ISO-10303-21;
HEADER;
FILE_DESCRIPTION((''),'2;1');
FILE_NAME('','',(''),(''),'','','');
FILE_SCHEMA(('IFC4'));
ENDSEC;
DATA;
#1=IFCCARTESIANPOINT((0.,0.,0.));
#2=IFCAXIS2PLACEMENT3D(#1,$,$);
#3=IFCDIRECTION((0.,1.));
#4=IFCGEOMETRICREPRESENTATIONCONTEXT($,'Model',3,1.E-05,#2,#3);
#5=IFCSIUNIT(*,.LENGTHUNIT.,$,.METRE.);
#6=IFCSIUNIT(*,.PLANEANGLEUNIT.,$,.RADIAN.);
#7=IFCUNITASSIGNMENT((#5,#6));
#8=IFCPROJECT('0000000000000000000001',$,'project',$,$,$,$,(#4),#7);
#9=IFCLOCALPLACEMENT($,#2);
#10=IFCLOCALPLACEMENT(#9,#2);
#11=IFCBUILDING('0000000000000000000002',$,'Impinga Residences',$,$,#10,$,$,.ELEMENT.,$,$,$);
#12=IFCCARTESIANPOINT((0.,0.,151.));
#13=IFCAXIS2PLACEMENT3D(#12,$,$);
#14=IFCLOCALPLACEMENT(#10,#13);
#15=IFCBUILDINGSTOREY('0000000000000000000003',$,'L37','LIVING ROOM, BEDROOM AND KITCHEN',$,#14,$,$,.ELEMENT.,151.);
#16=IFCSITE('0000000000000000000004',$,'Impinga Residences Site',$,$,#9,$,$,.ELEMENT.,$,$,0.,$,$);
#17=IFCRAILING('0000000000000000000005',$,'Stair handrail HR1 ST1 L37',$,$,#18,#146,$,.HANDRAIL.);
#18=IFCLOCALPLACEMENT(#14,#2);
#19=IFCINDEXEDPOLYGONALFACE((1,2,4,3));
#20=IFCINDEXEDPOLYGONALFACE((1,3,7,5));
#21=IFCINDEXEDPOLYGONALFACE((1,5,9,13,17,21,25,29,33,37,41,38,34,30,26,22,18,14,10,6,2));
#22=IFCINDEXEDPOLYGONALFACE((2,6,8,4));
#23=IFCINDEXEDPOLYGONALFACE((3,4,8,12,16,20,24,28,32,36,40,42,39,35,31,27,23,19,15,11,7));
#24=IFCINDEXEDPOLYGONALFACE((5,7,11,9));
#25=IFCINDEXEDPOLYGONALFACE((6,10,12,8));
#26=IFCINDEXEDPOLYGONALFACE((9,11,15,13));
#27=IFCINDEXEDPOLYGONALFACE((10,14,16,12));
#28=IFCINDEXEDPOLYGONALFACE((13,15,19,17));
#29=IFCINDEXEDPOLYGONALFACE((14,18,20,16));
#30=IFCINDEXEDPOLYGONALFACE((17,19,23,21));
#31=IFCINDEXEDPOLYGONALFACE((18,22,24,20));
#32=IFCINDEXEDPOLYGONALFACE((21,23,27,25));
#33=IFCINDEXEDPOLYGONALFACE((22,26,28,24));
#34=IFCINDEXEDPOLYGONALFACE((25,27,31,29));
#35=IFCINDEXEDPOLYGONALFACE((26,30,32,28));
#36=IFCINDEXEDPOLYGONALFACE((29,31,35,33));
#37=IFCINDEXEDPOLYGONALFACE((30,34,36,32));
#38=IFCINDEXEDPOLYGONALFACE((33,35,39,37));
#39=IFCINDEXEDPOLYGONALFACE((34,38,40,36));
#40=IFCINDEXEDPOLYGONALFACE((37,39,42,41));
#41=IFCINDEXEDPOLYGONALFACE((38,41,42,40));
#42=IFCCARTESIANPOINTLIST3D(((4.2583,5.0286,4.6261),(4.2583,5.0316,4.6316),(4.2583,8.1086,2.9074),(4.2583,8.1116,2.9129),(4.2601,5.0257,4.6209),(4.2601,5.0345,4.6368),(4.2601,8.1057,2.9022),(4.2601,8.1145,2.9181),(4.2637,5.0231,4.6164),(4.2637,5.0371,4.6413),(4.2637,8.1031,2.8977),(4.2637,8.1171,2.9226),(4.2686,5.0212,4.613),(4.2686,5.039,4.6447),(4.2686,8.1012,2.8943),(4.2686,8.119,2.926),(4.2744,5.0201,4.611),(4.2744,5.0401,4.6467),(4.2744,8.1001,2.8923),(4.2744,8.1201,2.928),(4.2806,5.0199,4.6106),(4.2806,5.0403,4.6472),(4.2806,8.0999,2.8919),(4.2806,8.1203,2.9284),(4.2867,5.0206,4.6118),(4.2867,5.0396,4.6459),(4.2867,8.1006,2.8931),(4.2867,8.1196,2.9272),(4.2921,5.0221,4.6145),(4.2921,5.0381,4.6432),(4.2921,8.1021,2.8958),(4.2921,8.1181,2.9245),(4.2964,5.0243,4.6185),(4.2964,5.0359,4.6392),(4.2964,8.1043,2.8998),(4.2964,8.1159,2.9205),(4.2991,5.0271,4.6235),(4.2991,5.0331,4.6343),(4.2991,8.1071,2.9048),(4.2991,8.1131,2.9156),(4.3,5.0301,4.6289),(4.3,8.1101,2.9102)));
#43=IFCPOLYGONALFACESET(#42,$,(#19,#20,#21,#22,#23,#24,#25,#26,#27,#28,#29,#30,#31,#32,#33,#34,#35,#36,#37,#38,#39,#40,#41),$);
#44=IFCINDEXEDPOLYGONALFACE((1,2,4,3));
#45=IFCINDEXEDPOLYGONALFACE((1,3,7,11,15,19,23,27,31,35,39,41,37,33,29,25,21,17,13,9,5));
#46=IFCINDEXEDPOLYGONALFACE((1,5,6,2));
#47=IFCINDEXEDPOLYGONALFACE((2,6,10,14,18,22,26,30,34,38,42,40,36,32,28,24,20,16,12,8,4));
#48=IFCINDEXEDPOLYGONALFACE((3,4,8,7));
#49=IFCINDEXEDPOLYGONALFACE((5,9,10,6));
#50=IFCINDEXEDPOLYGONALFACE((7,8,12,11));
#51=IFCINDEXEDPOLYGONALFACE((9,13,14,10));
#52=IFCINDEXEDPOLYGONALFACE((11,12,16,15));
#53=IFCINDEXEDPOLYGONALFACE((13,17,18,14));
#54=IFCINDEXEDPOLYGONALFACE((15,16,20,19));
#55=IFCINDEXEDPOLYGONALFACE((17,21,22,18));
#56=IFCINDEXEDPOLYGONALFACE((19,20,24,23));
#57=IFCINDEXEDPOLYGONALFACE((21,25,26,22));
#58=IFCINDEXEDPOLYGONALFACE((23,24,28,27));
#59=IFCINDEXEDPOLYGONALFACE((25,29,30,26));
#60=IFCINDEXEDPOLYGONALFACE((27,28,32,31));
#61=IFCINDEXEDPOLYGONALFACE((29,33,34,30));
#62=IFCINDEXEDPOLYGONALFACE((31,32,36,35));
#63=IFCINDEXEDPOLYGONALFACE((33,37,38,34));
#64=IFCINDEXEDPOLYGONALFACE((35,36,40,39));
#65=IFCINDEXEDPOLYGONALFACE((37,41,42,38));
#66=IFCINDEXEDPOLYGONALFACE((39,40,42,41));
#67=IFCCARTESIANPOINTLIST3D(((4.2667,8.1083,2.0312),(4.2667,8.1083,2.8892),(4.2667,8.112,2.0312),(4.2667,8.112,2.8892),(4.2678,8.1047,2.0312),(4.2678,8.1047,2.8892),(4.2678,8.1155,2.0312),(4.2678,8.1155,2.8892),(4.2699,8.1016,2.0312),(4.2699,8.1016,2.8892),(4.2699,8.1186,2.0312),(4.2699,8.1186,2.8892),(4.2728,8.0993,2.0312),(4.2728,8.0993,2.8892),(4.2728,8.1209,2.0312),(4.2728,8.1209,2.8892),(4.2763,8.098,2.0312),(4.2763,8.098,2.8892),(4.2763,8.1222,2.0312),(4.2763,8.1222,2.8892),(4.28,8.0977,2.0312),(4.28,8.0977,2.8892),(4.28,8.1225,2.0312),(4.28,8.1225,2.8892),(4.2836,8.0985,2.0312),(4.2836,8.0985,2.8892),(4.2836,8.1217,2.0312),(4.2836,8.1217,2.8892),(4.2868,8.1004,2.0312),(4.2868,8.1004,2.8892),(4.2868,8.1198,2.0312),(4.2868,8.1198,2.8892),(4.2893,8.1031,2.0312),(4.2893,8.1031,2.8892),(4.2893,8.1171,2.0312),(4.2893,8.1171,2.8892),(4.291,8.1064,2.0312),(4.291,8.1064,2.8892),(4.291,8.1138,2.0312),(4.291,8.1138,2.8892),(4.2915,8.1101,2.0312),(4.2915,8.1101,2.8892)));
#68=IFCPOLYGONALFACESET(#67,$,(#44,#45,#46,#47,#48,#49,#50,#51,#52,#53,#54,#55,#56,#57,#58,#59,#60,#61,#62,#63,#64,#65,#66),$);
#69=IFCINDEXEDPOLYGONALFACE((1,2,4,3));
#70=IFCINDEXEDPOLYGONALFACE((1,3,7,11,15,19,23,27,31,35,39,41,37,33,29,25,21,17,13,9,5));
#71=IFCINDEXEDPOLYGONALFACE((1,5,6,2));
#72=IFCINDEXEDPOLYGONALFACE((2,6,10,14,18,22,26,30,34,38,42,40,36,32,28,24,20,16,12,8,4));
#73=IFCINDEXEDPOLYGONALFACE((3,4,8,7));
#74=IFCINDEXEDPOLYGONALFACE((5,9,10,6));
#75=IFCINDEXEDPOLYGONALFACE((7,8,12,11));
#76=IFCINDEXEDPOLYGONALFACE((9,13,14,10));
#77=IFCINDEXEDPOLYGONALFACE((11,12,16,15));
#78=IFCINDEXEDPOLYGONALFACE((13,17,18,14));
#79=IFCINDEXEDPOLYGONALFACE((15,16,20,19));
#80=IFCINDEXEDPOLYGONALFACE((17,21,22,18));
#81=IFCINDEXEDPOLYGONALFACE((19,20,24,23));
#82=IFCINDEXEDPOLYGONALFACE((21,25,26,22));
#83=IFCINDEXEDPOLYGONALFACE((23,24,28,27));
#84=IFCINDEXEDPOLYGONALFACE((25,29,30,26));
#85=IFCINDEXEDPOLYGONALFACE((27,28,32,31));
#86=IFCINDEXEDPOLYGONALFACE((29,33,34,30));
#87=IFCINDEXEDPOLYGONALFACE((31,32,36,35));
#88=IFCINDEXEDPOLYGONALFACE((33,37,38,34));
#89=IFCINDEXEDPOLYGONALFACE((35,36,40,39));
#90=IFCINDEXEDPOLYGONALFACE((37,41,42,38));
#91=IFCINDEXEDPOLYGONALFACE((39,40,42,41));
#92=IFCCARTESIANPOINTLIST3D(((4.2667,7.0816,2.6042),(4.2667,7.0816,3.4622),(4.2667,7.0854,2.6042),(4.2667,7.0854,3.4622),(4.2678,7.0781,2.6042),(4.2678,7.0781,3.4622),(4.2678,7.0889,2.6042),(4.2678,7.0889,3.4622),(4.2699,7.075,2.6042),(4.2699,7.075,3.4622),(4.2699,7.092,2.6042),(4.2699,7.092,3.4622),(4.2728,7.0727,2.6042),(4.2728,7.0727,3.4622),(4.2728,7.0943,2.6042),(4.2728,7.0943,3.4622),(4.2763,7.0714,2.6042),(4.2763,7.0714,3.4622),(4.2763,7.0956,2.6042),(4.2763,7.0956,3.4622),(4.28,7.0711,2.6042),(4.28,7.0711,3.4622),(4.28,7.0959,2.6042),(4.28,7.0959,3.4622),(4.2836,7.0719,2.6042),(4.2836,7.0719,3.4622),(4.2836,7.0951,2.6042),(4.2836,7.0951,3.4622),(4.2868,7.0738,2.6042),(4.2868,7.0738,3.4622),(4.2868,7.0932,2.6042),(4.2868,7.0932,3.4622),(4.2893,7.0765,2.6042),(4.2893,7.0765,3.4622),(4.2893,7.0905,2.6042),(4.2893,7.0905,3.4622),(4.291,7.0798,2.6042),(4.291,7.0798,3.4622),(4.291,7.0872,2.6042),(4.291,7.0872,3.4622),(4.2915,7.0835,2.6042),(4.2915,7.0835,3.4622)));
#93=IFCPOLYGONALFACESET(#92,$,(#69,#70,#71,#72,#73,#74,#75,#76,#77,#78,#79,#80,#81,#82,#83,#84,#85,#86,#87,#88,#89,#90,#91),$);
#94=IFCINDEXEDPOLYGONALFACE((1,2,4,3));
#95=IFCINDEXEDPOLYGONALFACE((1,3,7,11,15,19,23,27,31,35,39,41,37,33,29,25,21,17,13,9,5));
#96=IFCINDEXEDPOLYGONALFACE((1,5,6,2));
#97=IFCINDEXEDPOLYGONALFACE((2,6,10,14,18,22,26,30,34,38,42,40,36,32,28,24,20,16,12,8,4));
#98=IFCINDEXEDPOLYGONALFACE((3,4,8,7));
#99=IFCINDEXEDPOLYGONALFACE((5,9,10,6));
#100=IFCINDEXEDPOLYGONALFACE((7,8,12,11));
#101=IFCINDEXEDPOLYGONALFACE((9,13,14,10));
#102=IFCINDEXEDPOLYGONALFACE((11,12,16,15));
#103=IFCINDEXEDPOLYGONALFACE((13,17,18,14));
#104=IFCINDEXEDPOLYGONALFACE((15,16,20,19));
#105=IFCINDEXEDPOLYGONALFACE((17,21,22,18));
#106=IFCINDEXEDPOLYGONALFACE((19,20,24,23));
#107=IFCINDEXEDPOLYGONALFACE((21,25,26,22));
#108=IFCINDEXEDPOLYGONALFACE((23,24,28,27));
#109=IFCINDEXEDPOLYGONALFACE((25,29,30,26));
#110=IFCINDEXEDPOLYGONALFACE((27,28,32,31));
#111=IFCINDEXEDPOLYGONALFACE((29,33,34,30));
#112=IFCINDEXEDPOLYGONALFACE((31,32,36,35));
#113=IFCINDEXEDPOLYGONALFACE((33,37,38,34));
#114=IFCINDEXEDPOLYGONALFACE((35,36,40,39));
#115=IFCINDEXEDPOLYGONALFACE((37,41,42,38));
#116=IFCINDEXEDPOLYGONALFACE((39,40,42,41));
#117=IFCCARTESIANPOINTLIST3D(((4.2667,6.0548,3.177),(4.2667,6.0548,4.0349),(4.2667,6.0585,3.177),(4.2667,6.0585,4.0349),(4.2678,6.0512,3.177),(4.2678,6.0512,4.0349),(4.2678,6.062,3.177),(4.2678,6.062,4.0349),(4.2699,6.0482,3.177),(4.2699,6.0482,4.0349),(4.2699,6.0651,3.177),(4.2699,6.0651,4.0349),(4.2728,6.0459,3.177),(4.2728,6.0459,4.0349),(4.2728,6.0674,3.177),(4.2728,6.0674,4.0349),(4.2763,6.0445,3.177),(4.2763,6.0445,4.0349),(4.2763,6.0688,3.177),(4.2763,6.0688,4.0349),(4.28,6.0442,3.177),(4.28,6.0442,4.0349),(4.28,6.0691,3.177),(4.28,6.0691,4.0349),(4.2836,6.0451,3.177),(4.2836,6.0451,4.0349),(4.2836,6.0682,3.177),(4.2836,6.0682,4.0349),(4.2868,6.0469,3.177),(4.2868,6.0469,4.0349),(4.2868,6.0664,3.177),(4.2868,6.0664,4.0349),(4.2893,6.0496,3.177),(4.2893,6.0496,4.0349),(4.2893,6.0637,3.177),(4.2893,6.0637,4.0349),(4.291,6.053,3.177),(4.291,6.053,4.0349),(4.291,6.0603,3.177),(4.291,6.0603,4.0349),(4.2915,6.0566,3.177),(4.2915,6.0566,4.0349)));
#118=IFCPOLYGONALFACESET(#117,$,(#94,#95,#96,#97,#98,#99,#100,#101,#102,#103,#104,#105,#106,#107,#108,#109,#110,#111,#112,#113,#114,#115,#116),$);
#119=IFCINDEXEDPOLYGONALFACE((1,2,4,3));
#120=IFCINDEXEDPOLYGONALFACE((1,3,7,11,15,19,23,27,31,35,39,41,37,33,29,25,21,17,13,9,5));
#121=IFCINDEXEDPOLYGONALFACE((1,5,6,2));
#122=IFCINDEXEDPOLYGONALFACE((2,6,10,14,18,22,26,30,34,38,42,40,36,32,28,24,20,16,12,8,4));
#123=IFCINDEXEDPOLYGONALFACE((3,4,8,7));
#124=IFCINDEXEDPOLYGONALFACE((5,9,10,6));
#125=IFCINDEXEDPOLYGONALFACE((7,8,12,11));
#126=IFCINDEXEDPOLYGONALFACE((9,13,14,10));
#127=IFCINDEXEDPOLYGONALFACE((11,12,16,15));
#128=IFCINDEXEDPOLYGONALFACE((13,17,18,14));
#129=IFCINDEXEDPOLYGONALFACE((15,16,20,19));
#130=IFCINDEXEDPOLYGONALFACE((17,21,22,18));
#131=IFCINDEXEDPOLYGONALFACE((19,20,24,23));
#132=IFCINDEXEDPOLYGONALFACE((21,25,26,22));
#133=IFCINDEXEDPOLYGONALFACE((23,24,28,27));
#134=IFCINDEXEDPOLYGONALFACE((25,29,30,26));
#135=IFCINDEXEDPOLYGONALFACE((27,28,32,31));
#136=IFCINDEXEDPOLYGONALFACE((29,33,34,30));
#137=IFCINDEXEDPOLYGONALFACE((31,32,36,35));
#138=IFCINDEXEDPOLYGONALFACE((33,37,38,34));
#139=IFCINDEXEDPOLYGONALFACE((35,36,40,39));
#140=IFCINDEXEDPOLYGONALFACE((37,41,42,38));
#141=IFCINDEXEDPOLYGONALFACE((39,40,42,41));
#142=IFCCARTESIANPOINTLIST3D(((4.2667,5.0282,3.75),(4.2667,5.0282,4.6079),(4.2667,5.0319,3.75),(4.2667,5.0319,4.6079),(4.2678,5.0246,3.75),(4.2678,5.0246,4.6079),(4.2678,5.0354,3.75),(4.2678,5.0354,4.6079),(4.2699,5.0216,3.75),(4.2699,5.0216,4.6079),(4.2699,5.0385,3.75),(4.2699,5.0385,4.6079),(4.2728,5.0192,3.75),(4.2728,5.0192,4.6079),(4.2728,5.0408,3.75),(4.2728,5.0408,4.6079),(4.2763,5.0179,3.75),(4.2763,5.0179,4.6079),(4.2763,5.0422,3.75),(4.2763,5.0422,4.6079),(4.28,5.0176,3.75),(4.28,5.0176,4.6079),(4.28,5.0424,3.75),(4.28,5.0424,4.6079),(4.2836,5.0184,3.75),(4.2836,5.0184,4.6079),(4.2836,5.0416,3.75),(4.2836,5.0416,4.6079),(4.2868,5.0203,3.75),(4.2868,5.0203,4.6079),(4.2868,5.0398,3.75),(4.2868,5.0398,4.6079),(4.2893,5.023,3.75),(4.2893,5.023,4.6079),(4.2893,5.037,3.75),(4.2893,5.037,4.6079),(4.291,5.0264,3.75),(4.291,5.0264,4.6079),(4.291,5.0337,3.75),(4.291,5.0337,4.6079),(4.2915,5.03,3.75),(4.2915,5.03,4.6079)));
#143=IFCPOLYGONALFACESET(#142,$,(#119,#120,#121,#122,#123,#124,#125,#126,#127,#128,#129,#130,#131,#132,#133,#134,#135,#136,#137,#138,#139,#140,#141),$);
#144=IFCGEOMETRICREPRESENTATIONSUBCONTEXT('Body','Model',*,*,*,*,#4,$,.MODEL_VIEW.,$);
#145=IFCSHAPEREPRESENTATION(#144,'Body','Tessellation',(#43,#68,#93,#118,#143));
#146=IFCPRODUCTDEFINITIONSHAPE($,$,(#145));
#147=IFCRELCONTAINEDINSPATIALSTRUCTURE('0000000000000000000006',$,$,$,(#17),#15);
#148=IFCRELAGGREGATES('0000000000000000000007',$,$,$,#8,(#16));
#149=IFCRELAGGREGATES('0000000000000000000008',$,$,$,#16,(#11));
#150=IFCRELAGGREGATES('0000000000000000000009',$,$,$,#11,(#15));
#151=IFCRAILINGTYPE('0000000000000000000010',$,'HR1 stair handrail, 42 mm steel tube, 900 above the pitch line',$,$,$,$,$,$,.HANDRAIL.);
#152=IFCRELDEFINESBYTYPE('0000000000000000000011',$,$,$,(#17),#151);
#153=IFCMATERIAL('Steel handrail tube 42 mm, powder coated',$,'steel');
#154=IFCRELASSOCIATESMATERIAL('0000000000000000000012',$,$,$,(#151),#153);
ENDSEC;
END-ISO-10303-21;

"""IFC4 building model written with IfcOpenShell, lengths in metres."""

from ifc_helpers import new_model, si_unit, direction, frame, origin, origin_2d, place, context, subcontext, project, spatial, circle, extrude, material, type_object, element, save


model = new_model("IFC4")

# Units and contexts
model_context = context("Model", 3, precision=1e-05, world=origin(), true_north=direction((0.0, 1.0)))
body_context = subcontext(model_context, "Body", "Model", "MODEL_VIEW")
ifc_project = project(units=[si_unit("LENGTHUNIT", "METRE"), si_unit("PLANEANGLEUNIT", "RADIAN")], contexts=[model_context])

# Site, building, storey
site_placement = place(None, origin())
site = spatial("IfcSite", under=ifc_project, at=site_placement, Name="Impinga Residences Site", CompositionType="ELEMENT", RefElevation=0.0)
building_placement = place(site_placement, origin())
building = spatial("IfcBuilding", under=site, at=building_placement, Name="Impinga Residences", CompositionType="ELEMENT")
storey_placement = place(building_placement, frame((0.0, 0.0, 151.0)))
storey = spatial("IfcBuildingStorey", under=building, at=storey_placement, Name="L37", Description="LIVING ROOM, BEDROOM AND KITCHEN", CompositionType="ELEMENT", Elevation=151.0)

# Railing
ifc_material_1 = material(Name="Steel handrail tube 42 mm, powder coated", Category="steel")
railing_type_1 = type_object("IfcRailingType", Name="HR1 stair handrail, 42 mm steel tube, 900 above the pitch line", PredefinedType="HANDRAIL", material=ifc_material_1)
railing_1_placement = place(storey_placement, frame((4.2791, 8.1101, 2.0312)))
element("IfcRailing", 1, at=railing_1_placement, inside=storey, type_object=railing_type_1, Name="Stair handrail HR1 ST1 L37", PredefinedType="HANDRAIL", context=body_context, shape_type="SweptSolid", body=[
    extrude(circle(Radius=0.021, at=origin_2d()), frame((0.0, 0.0, 0.8789), z_axis=(0.0, -0.873242, 0.487288), x_axis=(1.0, 0.0, 0.0)), (0.0, 0.0, 1.0), 3.5271),
    extrude(circle(Radius=0.0125, at=origin_2d()), origin(), (0.0, 0.0, 1.0), 0.8579),
    extrude(circle(Radius=0.0125, at=origin_2d()), frame((0.0, -1.0266, 0.573)), (0.0, 0.0, 1.0), 0.8579),
    extrude(circle(Radius=0.0125, at=origin_2d()), frame((0.0, -2.0535, 1.1458)), (0.0, 0.0, 1.0), 0.8579),
    extrude(circle(Radius=0.0125, at=origin_2d()), frame((0.0, -3.0801, 1.7188)), (0.0, 0.0, 1.0), 0.8579),
])

save(model, "model.ifc")
